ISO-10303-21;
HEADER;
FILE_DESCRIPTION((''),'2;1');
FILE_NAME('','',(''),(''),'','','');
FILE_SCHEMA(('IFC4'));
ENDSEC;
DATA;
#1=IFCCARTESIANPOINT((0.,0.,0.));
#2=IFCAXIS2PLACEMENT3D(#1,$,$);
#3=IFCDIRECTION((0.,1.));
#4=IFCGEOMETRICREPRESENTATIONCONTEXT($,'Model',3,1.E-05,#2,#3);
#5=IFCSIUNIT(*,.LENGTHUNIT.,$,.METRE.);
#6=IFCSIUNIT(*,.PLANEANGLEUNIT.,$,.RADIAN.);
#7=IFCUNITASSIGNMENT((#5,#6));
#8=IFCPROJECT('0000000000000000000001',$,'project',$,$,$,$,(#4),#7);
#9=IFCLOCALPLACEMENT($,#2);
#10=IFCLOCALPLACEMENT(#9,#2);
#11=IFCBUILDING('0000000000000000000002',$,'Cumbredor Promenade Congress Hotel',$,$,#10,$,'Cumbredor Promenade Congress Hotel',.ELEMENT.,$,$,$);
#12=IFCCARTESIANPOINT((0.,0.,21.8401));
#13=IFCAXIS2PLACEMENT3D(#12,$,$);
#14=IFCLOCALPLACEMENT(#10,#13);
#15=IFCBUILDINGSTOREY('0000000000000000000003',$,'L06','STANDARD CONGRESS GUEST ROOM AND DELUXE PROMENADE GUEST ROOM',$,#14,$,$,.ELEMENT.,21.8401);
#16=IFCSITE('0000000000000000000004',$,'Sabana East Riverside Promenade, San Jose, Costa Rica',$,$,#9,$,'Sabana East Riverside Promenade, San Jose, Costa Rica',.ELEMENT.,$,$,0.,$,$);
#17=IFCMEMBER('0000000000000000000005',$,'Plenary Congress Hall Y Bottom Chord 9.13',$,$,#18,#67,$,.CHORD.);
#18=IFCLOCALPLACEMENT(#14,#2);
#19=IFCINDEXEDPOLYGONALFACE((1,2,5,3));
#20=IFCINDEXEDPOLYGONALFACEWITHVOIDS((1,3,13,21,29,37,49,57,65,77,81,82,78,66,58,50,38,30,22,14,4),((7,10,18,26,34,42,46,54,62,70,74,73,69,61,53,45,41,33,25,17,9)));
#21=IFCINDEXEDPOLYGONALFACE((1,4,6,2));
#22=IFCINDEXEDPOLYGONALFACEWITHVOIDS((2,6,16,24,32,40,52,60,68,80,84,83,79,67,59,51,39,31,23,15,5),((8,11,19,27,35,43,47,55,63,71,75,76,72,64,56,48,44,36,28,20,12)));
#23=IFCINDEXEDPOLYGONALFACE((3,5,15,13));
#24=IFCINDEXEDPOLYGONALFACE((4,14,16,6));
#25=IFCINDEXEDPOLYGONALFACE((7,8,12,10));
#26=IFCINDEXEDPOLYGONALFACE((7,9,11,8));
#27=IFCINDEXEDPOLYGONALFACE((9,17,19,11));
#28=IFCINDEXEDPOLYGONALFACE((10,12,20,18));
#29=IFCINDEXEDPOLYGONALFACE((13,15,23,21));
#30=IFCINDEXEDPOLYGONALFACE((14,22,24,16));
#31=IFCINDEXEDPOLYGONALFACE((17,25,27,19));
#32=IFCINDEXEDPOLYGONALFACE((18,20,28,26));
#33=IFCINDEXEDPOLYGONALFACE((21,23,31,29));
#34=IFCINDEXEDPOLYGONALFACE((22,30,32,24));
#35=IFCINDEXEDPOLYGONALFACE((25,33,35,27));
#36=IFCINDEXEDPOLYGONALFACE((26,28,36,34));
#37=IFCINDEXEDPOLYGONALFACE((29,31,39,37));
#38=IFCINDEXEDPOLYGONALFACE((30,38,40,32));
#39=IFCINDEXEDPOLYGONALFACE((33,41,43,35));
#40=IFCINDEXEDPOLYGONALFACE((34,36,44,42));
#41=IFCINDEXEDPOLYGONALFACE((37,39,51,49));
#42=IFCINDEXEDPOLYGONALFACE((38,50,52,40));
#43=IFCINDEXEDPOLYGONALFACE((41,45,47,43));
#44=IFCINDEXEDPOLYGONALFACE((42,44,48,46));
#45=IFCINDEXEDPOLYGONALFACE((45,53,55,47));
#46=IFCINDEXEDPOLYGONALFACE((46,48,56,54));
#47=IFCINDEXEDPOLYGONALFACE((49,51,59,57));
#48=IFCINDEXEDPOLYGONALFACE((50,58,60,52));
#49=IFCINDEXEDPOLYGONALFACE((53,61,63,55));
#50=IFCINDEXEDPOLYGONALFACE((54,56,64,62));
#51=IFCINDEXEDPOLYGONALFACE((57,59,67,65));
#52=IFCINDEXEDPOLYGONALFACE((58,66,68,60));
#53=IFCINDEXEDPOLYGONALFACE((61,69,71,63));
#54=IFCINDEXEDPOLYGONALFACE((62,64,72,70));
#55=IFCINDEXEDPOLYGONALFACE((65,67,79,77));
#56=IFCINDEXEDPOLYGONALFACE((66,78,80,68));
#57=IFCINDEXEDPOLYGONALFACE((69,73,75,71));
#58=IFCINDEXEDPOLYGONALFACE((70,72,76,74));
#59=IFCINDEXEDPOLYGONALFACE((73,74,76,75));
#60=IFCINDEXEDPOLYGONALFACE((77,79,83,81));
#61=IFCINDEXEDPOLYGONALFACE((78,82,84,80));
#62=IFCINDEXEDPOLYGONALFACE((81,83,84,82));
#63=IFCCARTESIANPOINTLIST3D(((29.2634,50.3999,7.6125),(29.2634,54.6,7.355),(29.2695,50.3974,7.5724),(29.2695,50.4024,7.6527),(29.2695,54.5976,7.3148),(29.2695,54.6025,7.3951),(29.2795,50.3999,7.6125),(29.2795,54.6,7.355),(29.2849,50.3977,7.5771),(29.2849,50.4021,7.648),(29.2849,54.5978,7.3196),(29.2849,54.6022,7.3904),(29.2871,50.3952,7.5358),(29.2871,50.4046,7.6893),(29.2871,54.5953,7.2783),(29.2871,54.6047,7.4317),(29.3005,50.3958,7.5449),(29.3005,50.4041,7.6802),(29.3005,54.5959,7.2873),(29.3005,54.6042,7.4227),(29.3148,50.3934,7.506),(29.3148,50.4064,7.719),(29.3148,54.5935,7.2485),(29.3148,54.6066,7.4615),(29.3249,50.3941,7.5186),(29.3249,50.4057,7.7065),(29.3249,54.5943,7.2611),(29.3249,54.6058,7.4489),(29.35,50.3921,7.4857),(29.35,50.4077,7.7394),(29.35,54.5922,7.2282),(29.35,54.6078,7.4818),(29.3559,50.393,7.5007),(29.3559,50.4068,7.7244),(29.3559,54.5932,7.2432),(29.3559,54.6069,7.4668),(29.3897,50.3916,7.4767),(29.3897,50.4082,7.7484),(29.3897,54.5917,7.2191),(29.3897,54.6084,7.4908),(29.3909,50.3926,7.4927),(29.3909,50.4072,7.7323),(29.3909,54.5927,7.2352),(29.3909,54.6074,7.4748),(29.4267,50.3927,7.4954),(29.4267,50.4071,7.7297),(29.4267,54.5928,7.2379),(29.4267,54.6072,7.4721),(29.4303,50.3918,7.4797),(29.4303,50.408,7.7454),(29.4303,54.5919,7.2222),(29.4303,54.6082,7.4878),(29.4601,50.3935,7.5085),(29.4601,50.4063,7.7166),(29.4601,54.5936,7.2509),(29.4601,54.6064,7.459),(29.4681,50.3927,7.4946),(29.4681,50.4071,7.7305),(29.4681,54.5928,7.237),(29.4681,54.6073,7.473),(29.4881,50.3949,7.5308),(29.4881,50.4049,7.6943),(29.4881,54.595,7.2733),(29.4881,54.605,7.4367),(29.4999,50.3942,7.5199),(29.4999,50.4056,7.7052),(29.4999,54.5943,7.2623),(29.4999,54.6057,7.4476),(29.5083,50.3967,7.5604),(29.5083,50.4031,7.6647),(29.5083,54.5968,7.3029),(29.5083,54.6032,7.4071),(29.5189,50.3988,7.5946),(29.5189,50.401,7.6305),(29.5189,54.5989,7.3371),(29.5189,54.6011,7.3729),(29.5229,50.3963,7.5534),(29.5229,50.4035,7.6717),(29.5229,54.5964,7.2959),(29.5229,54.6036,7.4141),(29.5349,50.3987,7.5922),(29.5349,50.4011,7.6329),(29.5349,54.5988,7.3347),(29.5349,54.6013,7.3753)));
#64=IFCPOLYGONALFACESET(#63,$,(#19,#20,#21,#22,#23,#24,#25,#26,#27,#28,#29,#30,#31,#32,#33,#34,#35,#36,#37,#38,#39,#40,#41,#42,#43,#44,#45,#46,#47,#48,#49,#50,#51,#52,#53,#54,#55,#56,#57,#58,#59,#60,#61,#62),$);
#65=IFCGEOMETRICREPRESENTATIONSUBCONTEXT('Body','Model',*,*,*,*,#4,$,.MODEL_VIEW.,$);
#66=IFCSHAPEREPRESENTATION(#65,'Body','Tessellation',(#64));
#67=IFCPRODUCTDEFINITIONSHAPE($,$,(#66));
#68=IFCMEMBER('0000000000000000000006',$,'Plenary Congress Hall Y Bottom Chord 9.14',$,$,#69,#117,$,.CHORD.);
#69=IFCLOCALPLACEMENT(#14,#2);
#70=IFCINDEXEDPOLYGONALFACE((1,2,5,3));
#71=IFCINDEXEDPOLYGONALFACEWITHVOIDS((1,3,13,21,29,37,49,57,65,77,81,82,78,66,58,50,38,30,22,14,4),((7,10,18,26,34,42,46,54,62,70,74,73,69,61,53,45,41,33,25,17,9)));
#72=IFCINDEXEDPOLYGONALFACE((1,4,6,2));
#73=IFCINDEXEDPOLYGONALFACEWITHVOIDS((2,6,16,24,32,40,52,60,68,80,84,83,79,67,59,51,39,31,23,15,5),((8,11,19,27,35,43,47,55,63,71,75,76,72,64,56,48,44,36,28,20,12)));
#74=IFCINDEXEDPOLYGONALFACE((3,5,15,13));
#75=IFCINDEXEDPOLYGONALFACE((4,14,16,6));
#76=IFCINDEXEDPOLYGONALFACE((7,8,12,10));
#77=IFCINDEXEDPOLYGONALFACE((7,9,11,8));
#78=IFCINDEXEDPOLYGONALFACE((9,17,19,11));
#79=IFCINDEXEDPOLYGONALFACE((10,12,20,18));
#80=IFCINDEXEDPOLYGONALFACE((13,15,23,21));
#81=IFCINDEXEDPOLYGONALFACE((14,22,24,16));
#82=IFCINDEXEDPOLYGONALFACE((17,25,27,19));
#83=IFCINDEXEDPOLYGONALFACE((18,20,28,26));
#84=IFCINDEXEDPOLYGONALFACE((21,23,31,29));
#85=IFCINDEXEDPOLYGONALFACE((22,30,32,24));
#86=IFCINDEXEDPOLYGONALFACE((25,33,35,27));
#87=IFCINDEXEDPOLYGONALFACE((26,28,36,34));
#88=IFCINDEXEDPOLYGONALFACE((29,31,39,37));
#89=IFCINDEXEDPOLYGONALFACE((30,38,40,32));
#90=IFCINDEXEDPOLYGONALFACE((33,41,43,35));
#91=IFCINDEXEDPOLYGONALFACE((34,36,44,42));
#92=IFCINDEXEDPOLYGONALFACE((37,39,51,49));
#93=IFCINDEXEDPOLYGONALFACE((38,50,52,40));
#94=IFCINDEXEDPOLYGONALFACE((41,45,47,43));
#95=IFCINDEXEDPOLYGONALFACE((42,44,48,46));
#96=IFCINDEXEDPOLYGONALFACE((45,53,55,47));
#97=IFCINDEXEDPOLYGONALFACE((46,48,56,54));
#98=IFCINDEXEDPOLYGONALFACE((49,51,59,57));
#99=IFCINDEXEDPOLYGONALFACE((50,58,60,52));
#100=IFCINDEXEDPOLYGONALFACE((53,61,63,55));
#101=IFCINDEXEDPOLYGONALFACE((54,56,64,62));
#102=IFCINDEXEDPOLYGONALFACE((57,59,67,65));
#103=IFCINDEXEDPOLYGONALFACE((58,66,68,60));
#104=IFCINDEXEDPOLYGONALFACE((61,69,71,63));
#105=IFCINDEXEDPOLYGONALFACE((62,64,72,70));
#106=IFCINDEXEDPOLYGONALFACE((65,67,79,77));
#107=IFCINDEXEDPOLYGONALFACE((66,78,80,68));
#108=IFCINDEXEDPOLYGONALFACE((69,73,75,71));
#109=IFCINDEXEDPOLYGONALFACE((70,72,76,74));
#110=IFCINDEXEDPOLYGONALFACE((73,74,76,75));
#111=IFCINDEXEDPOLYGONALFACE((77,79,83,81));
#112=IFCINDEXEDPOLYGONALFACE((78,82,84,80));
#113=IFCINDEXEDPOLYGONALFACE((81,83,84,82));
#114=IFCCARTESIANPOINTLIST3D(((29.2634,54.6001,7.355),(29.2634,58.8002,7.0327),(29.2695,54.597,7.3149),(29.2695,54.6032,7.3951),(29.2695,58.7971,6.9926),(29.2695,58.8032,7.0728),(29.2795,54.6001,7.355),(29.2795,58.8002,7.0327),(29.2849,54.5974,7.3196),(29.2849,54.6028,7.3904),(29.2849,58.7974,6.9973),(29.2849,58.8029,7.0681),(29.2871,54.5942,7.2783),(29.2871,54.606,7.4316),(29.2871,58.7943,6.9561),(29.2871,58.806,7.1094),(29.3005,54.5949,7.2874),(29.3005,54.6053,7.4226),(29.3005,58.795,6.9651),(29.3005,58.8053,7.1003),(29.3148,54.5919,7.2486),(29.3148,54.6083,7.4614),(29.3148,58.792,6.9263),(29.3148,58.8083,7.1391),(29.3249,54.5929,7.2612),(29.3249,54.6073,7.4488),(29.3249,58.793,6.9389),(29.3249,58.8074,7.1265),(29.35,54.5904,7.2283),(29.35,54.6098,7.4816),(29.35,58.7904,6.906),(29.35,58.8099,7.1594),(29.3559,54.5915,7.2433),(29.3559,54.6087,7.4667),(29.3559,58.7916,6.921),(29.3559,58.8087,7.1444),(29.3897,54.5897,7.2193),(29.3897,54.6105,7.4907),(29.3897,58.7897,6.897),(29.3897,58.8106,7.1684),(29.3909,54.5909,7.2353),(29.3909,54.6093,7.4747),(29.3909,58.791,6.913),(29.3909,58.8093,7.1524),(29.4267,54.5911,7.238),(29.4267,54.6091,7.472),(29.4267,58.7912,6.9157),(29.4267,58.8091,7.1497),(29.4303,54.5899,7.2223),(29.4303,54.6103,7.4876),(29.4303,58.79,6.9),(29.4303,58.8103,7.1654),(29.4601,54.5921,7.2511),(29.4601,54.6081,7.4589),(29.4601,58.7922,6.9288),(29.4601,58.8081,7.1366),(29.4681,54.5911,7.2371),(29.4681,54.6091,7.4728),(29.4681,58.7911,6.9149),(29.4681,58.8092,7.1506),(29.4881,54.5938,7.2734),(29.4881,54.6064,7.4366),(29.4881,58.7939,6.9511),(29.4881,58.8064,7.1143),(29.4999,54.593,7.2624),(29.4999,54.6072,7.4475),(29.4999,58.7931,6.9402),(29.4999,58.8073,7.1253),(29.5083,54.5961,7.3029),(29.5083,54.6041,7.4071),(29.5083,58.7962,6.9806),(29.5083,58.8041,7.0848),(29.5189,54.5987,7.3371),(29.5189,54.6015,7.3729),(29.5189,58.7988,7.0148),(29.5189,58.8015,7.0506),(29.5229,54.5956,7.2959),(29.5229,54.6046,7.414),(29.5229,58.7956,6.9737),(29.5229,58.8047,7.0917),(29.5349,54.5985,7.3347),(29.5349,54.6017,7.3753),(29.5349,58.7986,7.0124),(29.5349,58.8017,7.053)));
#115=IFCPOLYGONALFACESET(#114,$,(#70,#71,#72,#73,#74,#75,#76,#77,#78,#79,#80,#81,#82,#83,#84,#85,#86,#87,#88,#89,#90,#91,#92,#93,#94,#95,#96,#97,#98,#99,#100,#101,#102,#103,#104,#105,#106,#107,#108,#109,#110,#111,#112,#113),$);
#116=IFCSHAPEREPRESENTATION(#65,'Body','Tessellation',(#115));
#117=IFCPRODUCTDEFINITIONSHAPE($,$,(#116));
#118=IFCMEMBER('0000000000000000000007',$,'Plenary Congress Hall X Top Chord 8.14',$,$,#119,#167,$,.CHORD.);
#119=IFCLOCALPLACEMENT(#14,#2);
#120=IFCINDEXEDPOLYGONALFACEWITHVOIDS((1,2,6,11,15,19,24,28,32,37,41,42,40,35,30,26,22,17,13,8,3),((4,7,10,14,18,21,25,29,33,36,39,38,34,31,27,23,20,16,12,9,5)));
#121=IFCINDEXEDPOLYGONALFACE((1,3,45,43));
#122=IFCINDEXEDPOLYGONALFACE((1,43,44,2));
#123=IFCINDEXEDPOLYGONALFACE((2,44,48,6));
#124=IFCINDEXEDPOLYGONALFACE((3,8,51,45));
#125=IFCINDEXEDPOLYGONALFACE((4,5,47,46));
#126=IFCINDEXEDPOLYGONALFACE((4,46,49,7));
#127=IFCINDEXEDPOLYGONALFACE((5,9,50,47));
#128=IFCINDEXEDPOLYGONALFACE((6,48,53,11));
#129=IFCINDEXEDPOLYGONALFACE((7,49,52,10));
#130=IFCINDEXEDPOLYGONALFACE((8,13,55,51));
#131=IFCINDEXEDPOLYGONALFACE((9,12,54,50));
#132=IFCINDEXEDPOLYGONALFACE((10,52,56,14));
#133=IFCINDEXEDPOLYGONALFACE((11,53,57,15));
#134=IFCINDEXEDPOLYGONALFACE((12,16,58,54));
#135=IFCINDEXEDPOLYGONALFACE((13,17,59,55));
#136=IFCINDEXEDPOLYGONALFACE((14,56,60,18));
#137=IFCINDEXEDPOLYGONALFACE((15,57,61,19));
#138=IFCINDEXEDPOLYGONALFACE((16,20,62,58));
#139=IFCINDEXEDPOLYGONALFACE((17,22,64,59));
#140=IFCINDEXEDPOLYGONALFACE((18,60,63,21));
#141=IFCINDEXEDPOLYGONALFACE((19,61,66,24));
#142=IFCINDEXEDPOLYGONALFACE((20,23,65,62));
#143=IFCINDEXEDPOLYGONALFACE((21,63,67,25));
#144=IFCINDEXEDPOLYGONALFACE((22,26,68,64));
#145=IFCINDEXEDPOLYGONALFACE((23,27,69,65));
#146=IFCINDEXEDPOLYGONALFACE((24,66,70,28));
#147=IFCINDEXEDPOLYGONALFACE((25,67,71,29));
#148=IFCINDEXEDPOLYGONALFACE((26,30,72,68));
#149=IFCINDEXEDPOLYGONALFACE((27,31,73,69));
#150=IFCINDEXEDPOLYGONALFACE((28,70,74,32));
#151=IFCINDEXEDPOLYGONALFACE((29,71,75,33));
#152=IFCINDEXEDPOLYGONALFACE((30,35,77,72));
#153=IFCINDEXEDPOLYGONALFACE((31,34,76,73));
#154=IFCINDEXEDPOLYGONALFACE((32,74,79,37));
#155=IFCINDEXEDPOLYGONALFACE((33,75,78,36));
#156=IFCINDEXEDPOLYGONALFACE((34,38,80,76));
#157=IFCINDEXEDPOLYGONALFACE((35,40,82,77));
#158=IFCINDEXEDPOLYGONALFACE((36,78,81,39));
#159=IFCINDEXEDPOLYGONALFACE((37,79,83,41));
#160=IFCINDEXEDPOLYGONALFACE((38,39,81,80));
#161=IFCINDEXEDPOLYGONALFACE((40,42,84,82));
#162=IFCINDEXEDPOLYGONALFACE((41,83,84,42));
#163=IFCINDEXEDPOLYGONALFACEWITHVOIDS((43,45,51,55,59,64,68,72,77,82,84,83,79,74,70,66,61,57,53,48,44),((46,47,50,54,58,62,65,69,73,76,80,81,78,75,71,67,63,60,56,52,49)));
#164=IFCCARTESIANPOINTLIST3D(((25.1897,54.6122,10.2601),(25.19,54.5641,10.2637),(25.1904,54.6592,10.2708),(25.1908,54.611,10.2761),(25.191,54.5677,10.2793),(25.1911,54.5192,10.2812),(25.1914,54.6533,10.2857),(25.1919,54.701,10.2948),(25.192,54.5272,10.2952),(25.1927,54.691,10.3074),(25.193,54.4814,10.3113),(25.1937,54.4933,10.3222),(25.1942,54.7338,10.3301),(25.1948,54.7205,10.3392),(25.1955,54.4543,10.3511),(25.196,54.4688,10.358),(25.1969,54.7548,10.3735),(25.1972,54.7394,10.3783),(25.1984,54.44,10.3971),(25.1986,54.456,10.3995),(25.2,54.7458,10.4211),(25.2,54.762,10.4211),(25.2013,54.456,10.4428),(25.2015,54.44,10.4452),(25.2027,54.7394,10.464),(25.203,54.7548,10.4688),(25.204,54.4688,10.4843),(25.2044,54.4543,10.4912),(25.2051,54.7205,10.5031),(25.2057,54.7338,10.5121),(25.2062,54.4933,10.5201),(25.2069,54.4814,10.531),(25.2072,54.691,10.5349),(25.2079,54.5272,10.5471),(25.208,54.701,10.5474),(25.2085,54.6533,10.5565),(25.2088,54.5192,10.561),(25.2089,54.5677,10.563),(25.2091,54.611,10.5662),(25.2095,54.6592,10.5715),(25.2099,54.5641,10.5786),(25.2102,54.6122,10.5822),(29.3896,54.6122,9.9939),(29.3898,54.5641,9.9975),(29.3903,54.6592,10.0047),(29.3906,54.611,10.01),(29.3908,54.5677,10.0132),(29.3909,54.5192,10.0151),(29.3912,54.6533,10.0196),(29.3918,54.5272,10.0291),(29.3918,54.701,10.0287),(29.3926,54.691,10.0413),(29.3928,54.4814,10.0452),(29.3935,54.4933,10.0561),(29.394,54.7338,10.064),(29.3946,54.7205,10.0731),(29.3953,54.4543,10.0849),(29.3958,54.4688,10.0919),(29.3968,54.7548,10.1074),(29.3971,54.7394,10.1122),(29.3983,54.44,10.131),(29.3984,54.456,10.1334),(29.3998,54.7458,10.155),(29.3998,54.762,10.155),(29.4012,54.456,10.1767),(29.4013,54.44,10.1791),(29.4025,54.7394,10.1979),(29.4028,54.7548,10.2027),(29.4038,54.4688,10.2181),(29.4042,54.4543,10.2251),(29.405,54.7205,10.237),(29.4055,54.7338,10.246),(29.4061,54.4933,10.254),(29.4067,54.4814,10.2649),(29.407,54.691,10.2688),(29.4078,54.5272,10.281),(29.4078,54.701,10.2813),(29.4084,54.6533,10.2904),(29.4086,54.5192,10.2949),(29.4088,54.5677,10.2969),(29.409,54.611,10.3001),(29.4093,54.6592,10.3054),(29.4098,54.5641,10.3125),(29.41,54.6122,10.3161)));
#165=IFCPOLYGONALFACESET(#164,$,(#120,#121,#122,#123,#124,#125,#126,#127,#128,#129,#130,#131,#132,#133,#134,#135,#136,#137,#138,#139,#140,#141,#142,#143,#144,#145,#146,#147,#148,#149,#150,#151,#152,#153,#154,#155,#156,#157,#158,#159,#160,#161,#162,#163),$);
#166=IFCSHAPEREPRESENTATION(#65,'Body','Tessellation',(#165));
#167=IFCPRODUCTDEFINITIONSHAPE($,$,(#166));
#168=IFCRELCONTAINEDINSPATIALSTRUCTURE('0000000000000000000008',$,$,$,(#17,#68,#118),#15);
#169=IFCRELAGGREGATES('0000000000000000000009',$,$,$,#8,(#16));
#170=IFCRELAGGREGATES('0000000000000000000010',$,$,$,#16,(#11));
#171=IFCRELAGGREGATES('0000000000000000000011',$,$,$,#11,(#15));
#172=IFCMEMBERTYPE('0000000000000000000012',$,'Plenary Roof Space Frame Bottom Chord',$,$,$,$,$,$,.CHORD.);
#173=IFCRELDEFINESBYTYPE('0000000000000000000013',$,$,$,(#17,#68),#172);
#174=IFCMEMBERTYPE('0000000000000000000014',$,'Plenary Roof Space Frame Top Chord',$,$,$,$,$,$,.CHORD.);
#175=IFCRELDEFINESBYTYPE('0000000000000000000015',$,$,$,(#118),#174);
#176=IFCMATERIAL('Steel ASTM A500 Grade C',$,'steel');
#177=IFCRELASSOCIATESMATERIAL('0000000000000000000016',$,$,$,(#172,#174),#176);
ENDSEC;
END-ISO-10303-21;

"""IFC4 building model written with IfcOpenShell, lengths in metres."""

from ifc_helpers import new_model, si_unit, direction, frame, origin, origin_2d, place, context, subcontext, project, spatial, hollow_circle, extrude, material, material_profile, profile_set, type_object, element, save


model = new_model("IFC4")

# Units and contexts
model_context = context("Model", 3, precision=1e-05, world=origin(), true_north=direction((0.0, 1.0)))
body_context = subcontext(model_context, "Body", "Model", "MODEL_VIEW")
ifc_project = project(units=[si_unit("LENGTHUNIT", "METRE"), si_unit("PLANEANGLEUNIT", "RADIAN")], contexts=[model_context])

# Site, building, storey
site_placement = place(None, origin())
site = spatial("IfcSite", under=ifc_project, at=site_placement, Name="Sabana East Riverside Promenade, San Jose, Costa Rica", LongName="Sabana East Riverside Promenade, San Jose, Costa Rica", CompositionType="ELEMENT", RefElevation=0.0)
building_placement = place(site_placement, origin())
building = spatial("IfcBuilding", under=site, at=building_placement, Name="Cumbredor Promenade Congress Hotel", LongName="Cumbredor Promenade Congress Hotel", CompositionType="ELEMENT")
storey_placement = place(building_placement, frame((0.0, 0.0, 21.8401)))
storey = spatial("IfcBuildingStorey", under=building, at=storey_placement, Name="L06", Description="STANDARD CONGRESS GUEST ROOM AND DELUXE PROMENADE GUEST ROOM", CompositionType="ELEMENT", Elevation=21.8401)

# Members
ifc_material_1 = material(Name="Steel ASTM A500 Grade C", Category="steel")
ifc_material_profile_1 = material_profile(ifc_material_1, hollow_circle(Radius=0.1365, WallThickness=0.0161, at=origin_2d()), Name="CHS 273.0x16")
ifc_profile_set_1 = profile_set([ifc_material_profile_1], Name="Steel ASTM A500 Grade C")
member_type_1 = type_object("IfcMemberType", Name="Plenary Roof Space Frame Bottom Chord", PredefinedType="CHORD", material=ifc_profile_set_1)
member_1_placement = place(storey_placement, frame((29.3999, 50.3999, 7.6125), z_axis=(0.0, 0.998125, -0.061208), x_axis=(-1.0, 0.0, 0.0)))
element("IfcMember", 1, at=member_1_placement, inside=storey, type_object=member_type_1, Name="Plenary Congress Hall Y Bottom Chord 9.13", PredefinedType="CHORD", context=body_context, shape_type="SweptSolid", body=[
    extrude(hollow_circle(Radius=0.1365, WallThickness=0.0161, at=origin_2d()), origin(), (0.0, 0.0, 1.0), 4.208),
])
member_2_placement = place(storey_placement, frame((29.3999, 54.6001, 7.355), z_axis=(0.0, 0.997069, -0.076506), x_axis=(-1.0, 0.0, 0.0)))
element("IfcMember", 2, at=member_2_placement, inside=storey, type_object=member_type_1, Name="Plenary Congress Hall Y Bottom Chord 9.14", PredefinedType="CHORD", context=body_context, shape_type="SweptSolid", body=[
    extrude(hollow_circle(Radius=0.1365, WallThickness=0.0161, at=origin_2d()), origin(), (0.0, 0.0, 1.0), 4.2124),
])
ifc_material_profile_2 = material_profile(ifc_material_1, hollow_circle(Radius=0.1619, WallThickness=0.0161, at=origin_2d()), Name="CHS 323.9x16")
ifc_profile_set_2 = profile_set([ifc_material_profile_2], Name="Steel ASTM A500 Grade C")
member_type_2 = type_object("IfcMemberType", Name="Plenary Roof Space Frame Top Chord", PredefinedType="CHORD", material=ifc_profile_set_2)
member_3_placement = place(storey_placement, frame((25.2, 54.6001, 10.4211), z_axis=(0.997999, 0.0, -0.063234), x_axis=(0.0, 1.0, 0.0)))
element("IfcMember", 3, at=member_3_placement, inside=storey, type_object=member_type_2, Name="Plenary Congress Hall X Top Chord 8.14", PredefinedType="CHORD", context=body_context, shape_type="SweptSolid", body=[
    extrude(hollow_circle(Radius=0.1619, WallThickness=0.0161, at=origin_2d()), origin(), (0.0, 0.0, 1.0), 4.2083),
])

save(model, "model.ifc")
